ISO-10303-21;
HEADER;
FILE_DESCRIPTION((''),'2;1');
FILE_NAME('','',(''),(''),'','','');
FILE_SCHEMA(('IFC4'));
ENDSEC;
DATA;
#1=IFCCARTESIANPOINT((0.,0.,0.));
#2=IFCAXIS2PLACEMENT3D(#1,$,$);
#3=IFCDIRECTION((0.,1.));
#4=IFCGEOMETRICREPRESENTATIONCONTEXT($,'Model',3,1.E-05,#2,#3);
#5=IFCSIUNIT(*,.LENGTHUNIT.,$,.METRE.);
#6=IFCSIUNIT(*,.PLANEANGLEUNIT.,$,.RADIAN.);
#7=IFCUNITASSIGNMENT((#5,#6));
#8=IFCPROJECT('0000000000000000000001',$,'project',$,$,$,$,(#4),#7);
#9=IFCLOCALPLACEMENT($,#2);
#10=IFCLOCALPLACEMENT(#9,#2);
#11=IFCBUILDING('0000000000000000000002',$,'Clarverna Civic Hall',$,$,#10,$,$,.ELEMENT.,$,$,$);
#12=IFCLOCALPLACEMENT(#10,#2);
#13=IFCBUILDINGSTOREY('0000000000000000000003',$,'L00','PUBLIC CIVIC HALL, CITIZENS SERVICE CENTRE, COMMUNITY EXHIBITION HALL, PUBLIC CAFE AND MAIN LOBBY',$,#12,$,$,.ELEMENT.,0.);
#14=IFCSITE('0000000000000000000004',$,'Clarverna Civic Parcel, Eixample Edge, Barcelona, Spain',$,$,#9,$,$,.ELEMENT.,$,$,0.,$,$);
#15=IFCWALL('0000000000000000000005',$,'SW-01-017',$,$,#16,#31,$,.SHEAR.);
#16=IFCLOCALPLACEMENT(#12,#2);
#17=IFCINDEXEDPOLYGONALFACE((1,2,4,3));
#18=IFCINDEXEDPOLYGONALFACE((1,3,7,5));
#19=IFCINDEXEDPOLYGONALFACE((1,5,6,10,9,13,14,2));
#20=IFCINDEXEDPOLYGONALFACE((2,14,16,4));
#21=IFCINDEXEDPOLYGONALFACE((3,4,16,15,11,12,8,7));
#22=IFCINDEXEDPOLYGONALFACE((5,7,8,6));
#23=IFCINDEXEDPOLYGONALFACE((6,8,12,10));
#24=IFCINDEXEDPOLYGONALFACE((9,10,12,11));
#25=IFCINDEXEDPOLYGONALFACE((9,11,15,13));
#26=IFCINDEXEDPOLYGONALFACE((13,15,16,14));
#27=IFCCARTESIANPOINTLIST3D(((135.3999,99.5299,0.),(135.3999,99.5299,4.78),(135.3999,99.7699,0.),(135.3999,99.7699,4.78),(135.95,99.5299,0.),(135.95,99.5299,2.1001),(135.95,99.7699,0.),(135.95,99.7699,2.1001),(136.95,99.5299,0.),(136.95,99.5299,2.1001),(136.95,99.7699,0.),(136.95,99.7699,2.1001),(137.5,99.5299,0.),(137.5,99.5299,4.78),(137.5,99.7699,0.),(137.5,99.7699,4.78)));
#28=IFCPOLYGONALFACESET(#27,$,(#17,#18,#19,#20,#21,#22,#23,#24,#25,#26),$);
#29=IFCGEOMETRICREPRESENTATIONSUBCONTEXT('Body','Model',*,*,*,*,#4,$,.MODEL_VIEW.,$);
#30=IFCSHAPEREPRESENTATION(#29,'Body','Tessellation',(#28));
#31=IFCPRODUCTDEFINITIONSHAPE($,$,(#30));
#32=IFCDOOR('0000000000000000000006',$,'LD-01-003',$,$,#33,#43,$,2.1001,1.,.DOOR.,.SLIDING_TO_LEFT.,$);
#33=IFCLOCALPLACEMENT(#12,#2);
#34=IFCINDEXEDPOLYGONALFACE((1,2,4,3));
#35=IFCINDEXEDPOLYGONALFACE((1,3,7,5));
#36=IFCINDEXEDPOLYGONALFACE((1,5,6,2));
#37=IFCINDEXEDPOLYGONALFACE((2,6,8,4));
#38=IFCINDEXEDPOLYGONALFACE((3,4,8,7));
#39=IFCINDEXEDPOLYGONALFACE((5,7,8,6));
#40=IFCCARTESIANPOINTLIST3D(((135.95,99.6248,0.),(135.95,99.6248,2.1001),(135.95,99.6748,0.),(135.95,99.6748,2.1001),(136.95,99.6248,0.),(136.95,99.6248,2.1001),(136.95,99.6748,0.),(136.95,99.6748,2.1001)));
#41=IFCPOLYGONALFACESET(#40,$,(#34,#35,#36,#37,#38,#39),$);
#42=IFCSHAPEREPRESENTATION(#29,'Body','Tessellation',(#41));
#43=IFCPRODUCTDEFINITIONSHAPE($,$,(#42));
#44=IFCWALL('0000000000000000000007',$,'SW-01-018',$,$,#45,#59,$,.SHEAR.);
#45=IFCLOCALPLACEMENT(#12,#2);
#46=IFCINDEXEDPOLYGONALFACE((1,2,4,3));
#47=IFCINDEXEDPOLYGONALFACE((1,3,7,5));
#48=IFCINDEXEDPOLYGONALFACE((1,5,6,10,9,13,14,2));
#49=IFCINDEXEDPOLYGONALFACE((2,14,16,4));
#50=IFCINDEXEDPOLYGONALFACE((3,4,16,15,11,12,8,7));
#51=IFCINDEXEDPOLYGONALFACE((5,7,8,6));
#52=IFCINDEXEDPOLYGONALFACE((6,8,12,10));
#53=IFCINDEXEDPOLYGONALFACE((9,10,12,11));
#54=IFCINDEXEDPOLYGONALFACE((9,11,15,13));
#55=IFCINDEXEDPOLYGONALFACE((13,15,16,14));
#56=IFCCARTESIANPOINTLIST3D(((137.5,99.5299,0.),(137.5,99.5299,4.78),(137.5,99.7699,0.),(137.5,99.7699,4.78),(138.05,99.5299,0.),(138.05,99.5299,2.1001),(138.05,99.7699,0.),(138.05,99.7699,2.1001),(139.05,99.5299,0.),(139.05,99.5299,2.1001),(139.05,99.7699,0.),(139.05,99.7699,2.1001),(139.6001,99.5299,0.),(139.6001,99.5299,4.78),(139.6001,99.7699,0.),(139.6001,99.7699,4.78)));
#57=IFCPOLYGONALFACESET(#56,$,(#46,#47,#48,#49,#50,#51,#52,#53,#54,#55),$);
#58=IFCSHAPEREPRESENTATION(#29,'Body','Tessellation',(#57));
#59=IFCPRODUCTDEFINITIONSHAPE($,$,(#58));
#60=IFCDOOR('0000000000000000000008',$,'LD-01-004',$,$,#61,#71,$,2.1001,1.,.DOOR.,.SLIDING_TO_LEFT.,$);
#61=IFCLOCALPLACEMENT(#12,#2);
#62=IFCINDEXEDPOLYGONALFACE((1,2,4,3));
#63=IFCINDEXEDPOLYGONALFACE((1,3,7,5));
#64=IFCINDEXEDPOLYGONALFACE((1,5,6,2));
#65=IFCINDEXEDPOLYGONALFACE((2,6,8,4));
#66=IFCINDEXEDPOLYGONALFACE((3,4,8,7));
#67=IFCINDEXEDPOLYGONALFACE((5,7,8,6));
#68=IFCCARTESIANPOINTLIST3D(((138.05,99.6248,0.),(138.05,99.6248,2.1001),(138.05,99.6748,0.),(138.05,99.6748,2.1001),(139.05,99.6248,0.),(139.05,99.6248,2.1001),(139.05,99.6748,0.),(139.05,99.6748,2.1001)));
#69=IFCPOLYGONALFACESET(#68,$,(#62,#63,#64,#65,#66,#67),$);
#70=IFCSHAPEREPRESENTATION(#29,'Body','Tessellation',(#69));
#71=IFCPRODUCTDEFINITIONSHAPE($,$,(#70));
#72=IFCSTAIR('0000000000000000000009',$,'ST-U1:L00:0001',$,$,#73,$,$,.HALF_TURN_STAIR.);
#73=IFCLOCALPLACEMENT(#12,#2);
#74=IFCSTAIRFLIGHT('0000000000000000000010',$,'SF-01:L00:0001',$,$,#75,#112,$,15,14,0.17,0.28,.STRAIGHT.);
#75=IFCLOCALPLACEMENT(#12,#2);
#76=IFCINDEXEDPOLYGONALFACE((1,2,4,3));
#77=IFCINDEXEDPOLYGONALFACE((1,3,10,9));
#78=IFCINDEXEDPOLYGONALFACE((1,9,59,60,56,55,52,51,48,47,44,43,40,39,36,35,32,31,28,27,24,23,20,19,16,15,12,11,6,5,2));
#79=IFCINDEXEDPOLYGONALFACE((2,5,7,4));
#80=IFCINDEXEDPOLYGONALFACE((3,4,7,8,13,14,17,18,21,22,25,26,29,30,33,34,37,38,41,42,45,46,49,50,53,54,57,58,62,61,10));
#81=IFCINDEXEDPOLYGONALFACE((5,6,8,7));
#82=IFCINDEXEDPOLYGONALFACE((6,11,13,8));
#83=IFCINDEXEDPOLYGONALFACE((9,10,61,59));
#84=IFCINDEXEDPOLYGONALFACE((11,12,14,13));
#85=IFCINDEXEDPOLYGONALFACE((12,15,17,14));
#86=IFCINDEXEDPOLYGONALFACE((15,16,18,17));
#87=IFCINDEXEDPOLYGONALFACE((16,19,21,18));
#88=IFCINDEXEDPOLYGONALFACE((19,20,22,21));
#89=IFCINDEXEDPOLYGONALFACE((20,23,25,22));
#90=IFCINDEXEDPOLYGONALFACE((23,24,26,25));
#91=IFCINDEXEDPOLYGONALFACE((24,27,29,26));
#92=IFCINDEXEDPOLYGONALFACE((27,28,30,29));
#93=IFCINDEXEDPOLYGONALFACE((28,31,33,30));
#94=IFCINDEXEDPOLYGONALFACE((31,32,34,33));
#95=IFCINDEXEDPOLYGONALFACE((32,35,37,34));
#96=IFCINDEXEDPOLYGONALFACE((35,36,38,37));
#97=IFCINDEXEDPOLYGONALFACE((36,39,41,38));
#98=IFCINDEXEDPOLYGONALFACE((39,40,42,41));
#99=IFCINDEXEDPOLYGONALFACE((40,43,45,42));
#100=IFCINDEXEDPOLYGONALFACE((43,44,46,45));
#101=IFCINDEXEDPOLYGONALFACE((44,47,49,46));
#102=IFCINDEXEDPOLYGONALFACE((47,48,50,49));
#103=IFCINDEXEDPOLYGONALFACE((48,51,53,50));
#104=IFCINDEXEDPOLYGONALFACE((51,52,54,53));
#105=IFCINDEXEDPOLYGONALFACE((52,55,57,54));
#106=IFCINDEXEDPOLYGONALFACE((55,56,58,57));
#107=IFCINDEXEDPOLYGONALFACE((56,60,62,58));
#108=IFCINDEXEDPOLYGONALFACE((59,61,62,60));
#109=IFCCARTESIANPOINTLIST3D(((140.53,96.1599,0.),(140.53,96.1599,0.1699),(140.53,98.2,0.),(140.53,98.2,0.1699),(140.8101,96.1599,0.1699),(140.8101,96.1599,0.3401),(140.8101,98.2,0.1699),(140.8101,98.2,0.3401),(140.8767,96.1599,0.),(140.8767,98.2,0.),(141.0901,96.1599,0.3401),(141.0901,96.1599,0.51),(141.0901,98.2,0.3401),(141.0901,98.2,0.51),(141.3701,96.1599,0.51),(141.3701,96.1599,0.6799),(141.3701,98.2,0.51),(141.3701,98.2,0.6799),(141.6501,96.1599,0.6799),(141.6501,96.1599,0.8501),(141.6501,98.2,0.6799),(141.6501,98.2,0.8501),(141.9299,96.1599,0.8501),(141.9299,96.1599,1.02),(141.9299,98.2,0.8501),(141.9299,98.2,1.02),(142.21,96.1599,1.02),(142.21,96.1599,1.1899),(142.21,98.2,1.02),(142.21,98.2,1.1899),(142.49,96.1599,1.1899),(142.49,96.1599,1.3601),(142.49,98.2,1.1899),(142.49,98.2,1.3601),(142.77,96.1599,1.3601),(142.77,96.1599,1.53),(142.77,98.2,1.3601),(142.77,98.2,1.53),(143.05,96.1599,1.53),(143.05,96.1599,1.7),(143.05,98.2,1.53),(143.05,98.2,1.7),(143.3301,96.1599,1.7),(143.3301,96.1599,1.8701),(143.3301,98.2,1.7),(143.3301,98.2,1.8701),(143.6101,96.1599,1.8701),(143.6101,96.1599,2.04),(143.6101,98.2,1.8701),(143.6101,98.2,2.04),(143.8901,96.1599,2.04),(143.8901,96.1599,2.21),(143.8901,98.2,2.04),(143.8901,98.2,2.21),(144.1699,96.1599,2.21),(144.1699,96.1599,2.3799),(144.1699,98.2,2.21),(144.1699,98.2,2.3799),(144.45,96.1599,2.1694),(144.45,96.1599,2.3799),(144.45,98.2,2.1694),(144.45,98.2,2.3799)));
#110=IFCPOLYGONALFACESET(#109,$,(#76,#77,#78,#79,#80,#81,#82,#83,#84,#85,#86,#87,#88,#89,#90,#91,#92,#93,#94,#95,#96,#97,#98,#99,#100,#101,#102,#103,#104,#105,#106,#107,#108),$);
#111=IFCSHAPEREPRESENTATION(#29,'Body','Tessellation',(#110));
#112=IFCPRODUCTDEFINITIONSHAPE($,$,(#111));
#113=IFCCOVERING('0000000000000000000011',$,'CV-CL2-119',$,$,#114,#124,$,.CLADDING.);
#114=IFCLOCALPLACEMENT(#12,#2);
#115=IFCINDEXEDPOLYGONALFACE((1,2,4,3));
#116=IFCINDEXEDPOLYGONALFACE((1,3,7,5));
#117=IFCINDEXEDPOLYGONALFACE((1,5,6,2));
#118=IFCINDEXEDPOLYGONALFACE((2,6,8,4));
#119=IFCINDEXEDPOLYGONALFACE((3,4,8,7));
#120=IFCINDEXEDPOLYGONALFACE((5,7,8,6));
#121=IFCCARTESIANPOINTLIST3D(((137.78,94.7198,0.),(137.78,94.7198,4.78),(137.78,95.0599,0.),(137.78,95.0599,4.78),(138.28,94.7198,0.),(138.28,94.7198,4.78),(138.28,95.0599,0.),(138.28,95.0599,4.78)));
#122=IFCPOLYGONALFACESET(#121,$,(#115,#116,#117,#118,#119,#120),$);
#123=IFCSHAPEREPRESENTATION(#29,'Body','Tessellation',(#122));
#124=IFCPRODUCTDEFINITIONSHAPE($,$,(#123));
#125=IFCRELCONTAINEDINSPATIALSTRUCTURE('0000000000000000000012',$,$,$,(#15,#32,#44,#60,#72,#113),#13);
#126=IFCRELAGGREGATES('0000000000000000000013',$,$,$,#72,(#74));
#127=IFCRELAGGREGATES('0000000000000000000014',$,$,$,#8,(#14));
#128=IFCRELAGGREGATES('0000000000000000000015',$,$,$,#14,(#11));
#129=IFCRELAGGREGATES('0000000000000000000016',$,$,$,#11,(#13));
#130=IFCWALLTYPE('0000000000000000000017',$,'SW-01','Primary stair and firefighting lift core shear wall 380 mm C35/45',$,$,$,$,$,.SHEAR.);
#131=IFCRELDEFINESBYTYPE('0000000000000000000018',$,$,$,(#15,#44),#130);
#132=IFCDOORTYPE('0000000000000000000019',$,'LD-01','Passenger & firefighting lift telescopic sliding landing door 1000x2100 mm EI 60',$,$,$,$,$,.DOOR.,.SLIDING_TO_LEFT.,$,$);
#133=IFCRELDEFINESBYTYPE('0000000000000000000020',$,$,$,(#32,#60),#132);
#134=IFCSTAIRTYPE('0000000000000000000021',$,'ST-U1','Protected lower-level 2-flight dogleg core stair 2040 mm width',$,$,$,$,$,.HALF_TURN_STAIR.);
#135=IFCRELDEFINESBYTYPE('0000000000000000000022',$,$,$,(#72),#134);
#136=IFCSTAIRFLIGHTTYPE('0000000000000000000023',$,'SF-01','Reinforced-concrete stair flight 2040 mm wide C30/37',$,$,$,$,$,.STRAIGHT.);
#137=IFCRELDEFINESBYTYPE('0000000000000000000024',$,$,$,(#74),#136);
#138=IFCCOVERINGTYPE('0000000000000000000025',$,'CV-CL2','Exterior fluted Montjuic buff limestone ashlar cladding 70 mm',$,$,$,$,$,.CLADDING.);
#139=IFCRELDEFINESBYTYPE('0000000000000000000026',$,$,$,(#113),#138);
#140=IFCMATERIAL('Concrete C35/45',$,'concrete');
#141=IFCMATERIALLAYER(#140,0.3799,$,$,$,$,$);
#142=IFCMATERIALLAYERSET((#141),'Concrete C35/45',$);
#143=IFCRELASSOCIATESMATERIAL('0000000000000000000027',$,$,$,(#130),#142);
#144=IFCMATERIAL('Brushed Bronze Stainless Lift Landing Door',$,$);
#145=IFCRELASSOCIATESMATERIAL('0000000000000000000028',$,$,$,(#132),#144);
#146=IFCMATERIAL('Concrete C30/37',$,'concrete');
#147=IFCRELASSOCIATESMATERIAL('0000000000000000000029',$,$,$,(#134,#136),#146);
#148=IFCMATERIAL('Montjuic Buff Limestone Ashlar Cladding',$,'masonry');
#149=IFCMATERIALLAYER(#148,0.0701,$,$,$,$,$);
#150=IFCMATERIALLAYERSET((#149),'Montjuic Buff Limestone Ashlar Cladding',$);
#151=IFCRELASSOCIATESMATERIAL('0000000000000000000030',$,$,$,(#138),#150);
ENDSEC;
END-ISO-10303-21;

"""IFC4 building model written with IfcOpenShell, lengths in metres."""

from ifc_helpers import new_model, si_unit, direction, frame, frame_2d, origin, place, context, subcontext, project, spatial, polyline, rectangle, outline, extrude, material, layer, layer_set, type_object, element, fill, aggregate, save


model = new_model("IFC4")

# Units and contexts
model_context = context("Model", 3, precision=1e-05, world=origin(), true_north=direction((0.0, 1.0)))
body_context = subcontext(model_context, "Body", "Model", "MODEL_VIEW")
ifc_project = project(units=[si_unit("LENGTHUNIT", "METRE"), si_unit("PLANEANGLEUNIT", "RADIAN")], contexts=[model_context])

# Site, building, storey
site_placement = place(None, origin())
site = spatial("IfcSite", under=ifc_project, at=site_placement, Name="Clarverna Civic Parcel, Eixample Edge, Barcelona, Spain", CompositionType="ELEMENT", RefElevation=0.0)
building_placement = place(site_placement, origin())
building = spatial("IfcBuilding", under=site, at=building_placement, Name="Clarverna Civic Hall", CompositionType="ELEMENT")
storey_placement = place(building_placement, origin())
storey = spatial("IfcBuildingStorey", under=building, at=storey_placement, Name="L00", Description="PUBLIC CIVIC HALL, CITIZENS SERVICE CENTRE, COMMUNITY EXHIBITION HALL, PUBLIC CAFE AND MAIN LOBBY", CompositionType="ELEMENT", Elevation=0.0)

# Shared definitions
ifc_material_1 = material(Name="Concrete C35/45", Category="concrete")

# Shared definitions
ifc_layer_1 = layer(ifc_material_1, 0.3799)
ifc_layer_set_1 = layer_set([ifc_layer_1], Name="Concrete C35/45")
wall_type_1 = type_object("IfcWallType", Name="SW-01", Description="Primary stair and firefighting lift core shear wall 380 mm C35/45", PredefinedType="SHEAR", material=ifc_layer_set_1)

# Walls, openings, doors
wall_1_placement = place(storey_placement, frame((135.3999, 99.6499, 0.0), z_axis=(0.0, 0.0, 1.0), x_axis=(1.0, 0.0, 0.0)))
wall_1 = element("IfcWall", 1, at=wall_1_placement, inside=storey, type_object=wall_type_1, Name="SW-01-017", PredefinedType="SHEAR", context=body_context, shape_type="SweptSolid", body=[
    extrude(rectangle(XDim=2.1001, YDim=0.24, at=frame_2d((1.05, 0.0))), origin(), (0.0, 0.0, 1.0), 4.78),
])
opening_1_placement = place(wall_1_placement, frame((0.55, 0.0, 0.0)))
opening_1 = element("IfcOpeningElement", 2, at=opening_1_placement, cuts=wall_1, PredefinedType="OPENING", context=body_context, shape_type="SweptSolid", body=[
    extrude(rectangle(XDim=1.0, YDim=2.1001, at=frame_2d((0.5, 1.05))), frame((0.0, 0.1299, 0.0), z_axis=(0.0, -1.0, 0.0), x_axis=(1.0, 0.0, 0.0)), (0.0, 0.0, 1.0), 0.26),
])
ifc_material_2 = material(Name="Brushed Bronze Stainless Lift Landing Door")
door_type_1 = type_object("IfcDoorType", Name="LD-01", Description="Passenger & firefighting lift telescopic sliding landing door 1000x2100 mm EI 60", OperationType="SLIDING_TO_LEFT", PredefinedType="DOOR", material=ifc_material_2)
door_1_placement = place(opening_1_placement, origin())
door_1 = element("IfcDoor", 3, at=door_1_placement, inside=storey, type_object=door_type_1, Name="LD-01-003", OperationType="SLIDING_TO_LEFT", OverallHeight=2.1001, OverallWidth=1.0, PredefinedType="DOOR", context=body_context, shape_type="SweptSolid", body=[
    extrude(rectangle(XDim=1.0, YDim=2.1001, at=frame_2d((0.5, 1.05))), frame((0.0, 0.0249, 0.0), z_axis=(0.0, -1.0, 0.0), x_axis=(1.0, 0.0, 0.0)), (0.0, 0.0, 1.0), 0.05),
])
fill(opening_1, door_1)
wall_2_placement = place(storey_placement, frame((137.5, 99.6499, 0.0), z_axis=(0.0, 0.0, 1.0), x_axis=(1.0, 0.0, 0.0)))
wall_2 = element("IfcWall", 4, at=wall_2_placement, inside=storey, type_object=wall_type_1, Name="SW-01-018", PredefinedType="SHEAR", context=body_context, shape_type="SweptSolid", body=[
    extrude(rectangle(XDim=2.1001, YDim=0.24, at=frame_2d((1.05, 0.0))), origin(), (0.0, 0.0, 1.0), 4.78),
])
opening_2_placement = place(wall_2_placement, frame((0.55, 0.0, 0.0)))
opening_2 = element("IfcOpeningElement", 5, at=opening_2_placement, cuts=wall_2, PredefinedType="OPENING", context=body_context, shape_type="SweptSolid", body=[
    extrude(rectangle(XDim=1.0, YDim=2.1001, at=frame_2d((0.5, 1.05))), frame((0.0, 0.1299, 0.0), z_axis=(0.0, -1.0, 0.0), x_axis=(1.0, 0.0, 0.0)), (0.0, 0.0, 1.0), 0.26),
])
door_2_placement = place(opening_2_placement, origin())
door_2 = element("IfcDoor", 6, at=door_2_placement, inside=storey, type_object=door_type_1, Name="LD-01-004", OperationType="SLIDING_TO_LEFT", OverallHeight=2.1001, OverallWidth=1.0, PredefinedType="DOOR", context=body_context, shape_type="SweptSolid", body=[
    extrude(rectangle(XDim=1.0, YDim=2.1001, at=frame_2d((0.5, 1.05))), frame((0.0, 0.0249, 0.0), z_axis=(0.0, -1.0, 0.0), x_axis=(1.0, 0.0, 0.0)), (0.0, 0.0, 1.0), 0.05),
])
fill(opening_2, door_2)

# Stair, stair flight
ifc_material_3 = material(Name="Concrete C30/37", Category="concrete")
stair_type = type_object("IfcStairType", Name="ST-U1", Description="Protected lower-level 2-flight dogleg core stair 2040 mm width", PredefinedType="HALF_TURN_STAIR", material=ifc_material_3)
stair_placement = place(storey_placement, origin())
stair = element("IfcStair", 7, at=stair_placement, inside=storey, type_object=stair_type, Name="ST-U1:L00:0001", PredefinedType="HALF_TURN_STAIR")
stair_flight_type = type_object("IfcStairFlightType", Name="SF-01", Description="Reinforced-concrete stair flight 2040 mm wide C30/37", PredefinedType="STRAIGHT", material=ifc_material_3)
stair_flight_placement = place(storey_placement, frame((140.53, 97.1799, 0.0), z_axis=(0.0, 0.0, 1.0), x_axis=(1.0, 0.0, 0.0)))
stair_flight = element("IfcStairFlight", 8, at=stair_flight_placement, type_object=stair_flight_type, Name="SF-01:L00:0001", NumberOfRisers=15, NumberOfTreads=14, PredefinedType="STRAIGHT", RiserHeight=0.17, TreadLength=0.28, context=body_context, shape_type="SweptSolid", body=[
    extrude(outline(polyline([(0.0, 0.0), (0.0, 0.1699), (0.28, 0.1699), (0.28, 0.3401), (0.5601, 0.3401), (0.5601, 0.51), (0.8401, 0.51), (0.8401, 0.6799), (1.1201, 0.6799), (1.1201, 0.8501), (1.3999, 0.8501), (1.3999, 1.02), (1.6799, 1.02), (1.6799, 1.1899), (1.96, 1.1899), (1.96, 1.3601), (2.24, 1.3601), (2.24, 1.53), (2.52, 1.53), (2.52, 1.7), (2.8, 1.7), (2.8, 1.8701), (3.0801, 1.8701), (3.0801, 2.04), (3.3601, 2.04), (3.3601, 2.21), (3.6399, 2.21), (3.6399, 2.3799), (3.9199, 2.3799), (3.9199, 2.55), (3.9199, 2.1694), (0.3467, 0.0), (0.0, 0.0)])), frame((0.0, 1.02, 0.0), z_axis=(0.0, -1.0, 0.0), x_axis=(1.0, 0.0, 0.0)), (0.0, 0.0, 1.0), 2.04),
])
aggregate(stair, [stair_flight])

# Covering
ifc_material_4 = material(Name="Montjuic Buff Limestone Ashlar Cladding", Category="masonry")
ifc_layer_2 = layer(ifc_material_4, 0.0701)
ifc_layer_set_2 = layer_set([ifc_layer_2], Name="Montjuic Buff Limestone Ashlar Cladding")
covering_type = type_object("IfcCoveringType", Name="CV-CL2", Description="Exterior fluted Montjuic buff limestone ashlar cladding 70 mm", PredefinedType="CLADDING", material=ifc_layer_set_2)
covering_1_placement = place(storey_placement, frame((138.28, 94.8899, 0.0), z_axis=(0.0, 0.0, 1.0), x_axis=(-1.0, 0.0, 0.0)))
element("IfcCovering", 9, at=covering_1_placement, inside=storey, type_object=covering_type, Name="CV-CL2-119", PredefinedType="CLADDING", context=body_context, shape_type="SweptSolid", body=[
    extrude(rectangle(XDim=0.5, YDim=0.3401, at=frame_2d((0.25, 0.0))), origin(), (0.0, 0.0, 1.0), 4.78),
])

save(model, "model.ifc")
